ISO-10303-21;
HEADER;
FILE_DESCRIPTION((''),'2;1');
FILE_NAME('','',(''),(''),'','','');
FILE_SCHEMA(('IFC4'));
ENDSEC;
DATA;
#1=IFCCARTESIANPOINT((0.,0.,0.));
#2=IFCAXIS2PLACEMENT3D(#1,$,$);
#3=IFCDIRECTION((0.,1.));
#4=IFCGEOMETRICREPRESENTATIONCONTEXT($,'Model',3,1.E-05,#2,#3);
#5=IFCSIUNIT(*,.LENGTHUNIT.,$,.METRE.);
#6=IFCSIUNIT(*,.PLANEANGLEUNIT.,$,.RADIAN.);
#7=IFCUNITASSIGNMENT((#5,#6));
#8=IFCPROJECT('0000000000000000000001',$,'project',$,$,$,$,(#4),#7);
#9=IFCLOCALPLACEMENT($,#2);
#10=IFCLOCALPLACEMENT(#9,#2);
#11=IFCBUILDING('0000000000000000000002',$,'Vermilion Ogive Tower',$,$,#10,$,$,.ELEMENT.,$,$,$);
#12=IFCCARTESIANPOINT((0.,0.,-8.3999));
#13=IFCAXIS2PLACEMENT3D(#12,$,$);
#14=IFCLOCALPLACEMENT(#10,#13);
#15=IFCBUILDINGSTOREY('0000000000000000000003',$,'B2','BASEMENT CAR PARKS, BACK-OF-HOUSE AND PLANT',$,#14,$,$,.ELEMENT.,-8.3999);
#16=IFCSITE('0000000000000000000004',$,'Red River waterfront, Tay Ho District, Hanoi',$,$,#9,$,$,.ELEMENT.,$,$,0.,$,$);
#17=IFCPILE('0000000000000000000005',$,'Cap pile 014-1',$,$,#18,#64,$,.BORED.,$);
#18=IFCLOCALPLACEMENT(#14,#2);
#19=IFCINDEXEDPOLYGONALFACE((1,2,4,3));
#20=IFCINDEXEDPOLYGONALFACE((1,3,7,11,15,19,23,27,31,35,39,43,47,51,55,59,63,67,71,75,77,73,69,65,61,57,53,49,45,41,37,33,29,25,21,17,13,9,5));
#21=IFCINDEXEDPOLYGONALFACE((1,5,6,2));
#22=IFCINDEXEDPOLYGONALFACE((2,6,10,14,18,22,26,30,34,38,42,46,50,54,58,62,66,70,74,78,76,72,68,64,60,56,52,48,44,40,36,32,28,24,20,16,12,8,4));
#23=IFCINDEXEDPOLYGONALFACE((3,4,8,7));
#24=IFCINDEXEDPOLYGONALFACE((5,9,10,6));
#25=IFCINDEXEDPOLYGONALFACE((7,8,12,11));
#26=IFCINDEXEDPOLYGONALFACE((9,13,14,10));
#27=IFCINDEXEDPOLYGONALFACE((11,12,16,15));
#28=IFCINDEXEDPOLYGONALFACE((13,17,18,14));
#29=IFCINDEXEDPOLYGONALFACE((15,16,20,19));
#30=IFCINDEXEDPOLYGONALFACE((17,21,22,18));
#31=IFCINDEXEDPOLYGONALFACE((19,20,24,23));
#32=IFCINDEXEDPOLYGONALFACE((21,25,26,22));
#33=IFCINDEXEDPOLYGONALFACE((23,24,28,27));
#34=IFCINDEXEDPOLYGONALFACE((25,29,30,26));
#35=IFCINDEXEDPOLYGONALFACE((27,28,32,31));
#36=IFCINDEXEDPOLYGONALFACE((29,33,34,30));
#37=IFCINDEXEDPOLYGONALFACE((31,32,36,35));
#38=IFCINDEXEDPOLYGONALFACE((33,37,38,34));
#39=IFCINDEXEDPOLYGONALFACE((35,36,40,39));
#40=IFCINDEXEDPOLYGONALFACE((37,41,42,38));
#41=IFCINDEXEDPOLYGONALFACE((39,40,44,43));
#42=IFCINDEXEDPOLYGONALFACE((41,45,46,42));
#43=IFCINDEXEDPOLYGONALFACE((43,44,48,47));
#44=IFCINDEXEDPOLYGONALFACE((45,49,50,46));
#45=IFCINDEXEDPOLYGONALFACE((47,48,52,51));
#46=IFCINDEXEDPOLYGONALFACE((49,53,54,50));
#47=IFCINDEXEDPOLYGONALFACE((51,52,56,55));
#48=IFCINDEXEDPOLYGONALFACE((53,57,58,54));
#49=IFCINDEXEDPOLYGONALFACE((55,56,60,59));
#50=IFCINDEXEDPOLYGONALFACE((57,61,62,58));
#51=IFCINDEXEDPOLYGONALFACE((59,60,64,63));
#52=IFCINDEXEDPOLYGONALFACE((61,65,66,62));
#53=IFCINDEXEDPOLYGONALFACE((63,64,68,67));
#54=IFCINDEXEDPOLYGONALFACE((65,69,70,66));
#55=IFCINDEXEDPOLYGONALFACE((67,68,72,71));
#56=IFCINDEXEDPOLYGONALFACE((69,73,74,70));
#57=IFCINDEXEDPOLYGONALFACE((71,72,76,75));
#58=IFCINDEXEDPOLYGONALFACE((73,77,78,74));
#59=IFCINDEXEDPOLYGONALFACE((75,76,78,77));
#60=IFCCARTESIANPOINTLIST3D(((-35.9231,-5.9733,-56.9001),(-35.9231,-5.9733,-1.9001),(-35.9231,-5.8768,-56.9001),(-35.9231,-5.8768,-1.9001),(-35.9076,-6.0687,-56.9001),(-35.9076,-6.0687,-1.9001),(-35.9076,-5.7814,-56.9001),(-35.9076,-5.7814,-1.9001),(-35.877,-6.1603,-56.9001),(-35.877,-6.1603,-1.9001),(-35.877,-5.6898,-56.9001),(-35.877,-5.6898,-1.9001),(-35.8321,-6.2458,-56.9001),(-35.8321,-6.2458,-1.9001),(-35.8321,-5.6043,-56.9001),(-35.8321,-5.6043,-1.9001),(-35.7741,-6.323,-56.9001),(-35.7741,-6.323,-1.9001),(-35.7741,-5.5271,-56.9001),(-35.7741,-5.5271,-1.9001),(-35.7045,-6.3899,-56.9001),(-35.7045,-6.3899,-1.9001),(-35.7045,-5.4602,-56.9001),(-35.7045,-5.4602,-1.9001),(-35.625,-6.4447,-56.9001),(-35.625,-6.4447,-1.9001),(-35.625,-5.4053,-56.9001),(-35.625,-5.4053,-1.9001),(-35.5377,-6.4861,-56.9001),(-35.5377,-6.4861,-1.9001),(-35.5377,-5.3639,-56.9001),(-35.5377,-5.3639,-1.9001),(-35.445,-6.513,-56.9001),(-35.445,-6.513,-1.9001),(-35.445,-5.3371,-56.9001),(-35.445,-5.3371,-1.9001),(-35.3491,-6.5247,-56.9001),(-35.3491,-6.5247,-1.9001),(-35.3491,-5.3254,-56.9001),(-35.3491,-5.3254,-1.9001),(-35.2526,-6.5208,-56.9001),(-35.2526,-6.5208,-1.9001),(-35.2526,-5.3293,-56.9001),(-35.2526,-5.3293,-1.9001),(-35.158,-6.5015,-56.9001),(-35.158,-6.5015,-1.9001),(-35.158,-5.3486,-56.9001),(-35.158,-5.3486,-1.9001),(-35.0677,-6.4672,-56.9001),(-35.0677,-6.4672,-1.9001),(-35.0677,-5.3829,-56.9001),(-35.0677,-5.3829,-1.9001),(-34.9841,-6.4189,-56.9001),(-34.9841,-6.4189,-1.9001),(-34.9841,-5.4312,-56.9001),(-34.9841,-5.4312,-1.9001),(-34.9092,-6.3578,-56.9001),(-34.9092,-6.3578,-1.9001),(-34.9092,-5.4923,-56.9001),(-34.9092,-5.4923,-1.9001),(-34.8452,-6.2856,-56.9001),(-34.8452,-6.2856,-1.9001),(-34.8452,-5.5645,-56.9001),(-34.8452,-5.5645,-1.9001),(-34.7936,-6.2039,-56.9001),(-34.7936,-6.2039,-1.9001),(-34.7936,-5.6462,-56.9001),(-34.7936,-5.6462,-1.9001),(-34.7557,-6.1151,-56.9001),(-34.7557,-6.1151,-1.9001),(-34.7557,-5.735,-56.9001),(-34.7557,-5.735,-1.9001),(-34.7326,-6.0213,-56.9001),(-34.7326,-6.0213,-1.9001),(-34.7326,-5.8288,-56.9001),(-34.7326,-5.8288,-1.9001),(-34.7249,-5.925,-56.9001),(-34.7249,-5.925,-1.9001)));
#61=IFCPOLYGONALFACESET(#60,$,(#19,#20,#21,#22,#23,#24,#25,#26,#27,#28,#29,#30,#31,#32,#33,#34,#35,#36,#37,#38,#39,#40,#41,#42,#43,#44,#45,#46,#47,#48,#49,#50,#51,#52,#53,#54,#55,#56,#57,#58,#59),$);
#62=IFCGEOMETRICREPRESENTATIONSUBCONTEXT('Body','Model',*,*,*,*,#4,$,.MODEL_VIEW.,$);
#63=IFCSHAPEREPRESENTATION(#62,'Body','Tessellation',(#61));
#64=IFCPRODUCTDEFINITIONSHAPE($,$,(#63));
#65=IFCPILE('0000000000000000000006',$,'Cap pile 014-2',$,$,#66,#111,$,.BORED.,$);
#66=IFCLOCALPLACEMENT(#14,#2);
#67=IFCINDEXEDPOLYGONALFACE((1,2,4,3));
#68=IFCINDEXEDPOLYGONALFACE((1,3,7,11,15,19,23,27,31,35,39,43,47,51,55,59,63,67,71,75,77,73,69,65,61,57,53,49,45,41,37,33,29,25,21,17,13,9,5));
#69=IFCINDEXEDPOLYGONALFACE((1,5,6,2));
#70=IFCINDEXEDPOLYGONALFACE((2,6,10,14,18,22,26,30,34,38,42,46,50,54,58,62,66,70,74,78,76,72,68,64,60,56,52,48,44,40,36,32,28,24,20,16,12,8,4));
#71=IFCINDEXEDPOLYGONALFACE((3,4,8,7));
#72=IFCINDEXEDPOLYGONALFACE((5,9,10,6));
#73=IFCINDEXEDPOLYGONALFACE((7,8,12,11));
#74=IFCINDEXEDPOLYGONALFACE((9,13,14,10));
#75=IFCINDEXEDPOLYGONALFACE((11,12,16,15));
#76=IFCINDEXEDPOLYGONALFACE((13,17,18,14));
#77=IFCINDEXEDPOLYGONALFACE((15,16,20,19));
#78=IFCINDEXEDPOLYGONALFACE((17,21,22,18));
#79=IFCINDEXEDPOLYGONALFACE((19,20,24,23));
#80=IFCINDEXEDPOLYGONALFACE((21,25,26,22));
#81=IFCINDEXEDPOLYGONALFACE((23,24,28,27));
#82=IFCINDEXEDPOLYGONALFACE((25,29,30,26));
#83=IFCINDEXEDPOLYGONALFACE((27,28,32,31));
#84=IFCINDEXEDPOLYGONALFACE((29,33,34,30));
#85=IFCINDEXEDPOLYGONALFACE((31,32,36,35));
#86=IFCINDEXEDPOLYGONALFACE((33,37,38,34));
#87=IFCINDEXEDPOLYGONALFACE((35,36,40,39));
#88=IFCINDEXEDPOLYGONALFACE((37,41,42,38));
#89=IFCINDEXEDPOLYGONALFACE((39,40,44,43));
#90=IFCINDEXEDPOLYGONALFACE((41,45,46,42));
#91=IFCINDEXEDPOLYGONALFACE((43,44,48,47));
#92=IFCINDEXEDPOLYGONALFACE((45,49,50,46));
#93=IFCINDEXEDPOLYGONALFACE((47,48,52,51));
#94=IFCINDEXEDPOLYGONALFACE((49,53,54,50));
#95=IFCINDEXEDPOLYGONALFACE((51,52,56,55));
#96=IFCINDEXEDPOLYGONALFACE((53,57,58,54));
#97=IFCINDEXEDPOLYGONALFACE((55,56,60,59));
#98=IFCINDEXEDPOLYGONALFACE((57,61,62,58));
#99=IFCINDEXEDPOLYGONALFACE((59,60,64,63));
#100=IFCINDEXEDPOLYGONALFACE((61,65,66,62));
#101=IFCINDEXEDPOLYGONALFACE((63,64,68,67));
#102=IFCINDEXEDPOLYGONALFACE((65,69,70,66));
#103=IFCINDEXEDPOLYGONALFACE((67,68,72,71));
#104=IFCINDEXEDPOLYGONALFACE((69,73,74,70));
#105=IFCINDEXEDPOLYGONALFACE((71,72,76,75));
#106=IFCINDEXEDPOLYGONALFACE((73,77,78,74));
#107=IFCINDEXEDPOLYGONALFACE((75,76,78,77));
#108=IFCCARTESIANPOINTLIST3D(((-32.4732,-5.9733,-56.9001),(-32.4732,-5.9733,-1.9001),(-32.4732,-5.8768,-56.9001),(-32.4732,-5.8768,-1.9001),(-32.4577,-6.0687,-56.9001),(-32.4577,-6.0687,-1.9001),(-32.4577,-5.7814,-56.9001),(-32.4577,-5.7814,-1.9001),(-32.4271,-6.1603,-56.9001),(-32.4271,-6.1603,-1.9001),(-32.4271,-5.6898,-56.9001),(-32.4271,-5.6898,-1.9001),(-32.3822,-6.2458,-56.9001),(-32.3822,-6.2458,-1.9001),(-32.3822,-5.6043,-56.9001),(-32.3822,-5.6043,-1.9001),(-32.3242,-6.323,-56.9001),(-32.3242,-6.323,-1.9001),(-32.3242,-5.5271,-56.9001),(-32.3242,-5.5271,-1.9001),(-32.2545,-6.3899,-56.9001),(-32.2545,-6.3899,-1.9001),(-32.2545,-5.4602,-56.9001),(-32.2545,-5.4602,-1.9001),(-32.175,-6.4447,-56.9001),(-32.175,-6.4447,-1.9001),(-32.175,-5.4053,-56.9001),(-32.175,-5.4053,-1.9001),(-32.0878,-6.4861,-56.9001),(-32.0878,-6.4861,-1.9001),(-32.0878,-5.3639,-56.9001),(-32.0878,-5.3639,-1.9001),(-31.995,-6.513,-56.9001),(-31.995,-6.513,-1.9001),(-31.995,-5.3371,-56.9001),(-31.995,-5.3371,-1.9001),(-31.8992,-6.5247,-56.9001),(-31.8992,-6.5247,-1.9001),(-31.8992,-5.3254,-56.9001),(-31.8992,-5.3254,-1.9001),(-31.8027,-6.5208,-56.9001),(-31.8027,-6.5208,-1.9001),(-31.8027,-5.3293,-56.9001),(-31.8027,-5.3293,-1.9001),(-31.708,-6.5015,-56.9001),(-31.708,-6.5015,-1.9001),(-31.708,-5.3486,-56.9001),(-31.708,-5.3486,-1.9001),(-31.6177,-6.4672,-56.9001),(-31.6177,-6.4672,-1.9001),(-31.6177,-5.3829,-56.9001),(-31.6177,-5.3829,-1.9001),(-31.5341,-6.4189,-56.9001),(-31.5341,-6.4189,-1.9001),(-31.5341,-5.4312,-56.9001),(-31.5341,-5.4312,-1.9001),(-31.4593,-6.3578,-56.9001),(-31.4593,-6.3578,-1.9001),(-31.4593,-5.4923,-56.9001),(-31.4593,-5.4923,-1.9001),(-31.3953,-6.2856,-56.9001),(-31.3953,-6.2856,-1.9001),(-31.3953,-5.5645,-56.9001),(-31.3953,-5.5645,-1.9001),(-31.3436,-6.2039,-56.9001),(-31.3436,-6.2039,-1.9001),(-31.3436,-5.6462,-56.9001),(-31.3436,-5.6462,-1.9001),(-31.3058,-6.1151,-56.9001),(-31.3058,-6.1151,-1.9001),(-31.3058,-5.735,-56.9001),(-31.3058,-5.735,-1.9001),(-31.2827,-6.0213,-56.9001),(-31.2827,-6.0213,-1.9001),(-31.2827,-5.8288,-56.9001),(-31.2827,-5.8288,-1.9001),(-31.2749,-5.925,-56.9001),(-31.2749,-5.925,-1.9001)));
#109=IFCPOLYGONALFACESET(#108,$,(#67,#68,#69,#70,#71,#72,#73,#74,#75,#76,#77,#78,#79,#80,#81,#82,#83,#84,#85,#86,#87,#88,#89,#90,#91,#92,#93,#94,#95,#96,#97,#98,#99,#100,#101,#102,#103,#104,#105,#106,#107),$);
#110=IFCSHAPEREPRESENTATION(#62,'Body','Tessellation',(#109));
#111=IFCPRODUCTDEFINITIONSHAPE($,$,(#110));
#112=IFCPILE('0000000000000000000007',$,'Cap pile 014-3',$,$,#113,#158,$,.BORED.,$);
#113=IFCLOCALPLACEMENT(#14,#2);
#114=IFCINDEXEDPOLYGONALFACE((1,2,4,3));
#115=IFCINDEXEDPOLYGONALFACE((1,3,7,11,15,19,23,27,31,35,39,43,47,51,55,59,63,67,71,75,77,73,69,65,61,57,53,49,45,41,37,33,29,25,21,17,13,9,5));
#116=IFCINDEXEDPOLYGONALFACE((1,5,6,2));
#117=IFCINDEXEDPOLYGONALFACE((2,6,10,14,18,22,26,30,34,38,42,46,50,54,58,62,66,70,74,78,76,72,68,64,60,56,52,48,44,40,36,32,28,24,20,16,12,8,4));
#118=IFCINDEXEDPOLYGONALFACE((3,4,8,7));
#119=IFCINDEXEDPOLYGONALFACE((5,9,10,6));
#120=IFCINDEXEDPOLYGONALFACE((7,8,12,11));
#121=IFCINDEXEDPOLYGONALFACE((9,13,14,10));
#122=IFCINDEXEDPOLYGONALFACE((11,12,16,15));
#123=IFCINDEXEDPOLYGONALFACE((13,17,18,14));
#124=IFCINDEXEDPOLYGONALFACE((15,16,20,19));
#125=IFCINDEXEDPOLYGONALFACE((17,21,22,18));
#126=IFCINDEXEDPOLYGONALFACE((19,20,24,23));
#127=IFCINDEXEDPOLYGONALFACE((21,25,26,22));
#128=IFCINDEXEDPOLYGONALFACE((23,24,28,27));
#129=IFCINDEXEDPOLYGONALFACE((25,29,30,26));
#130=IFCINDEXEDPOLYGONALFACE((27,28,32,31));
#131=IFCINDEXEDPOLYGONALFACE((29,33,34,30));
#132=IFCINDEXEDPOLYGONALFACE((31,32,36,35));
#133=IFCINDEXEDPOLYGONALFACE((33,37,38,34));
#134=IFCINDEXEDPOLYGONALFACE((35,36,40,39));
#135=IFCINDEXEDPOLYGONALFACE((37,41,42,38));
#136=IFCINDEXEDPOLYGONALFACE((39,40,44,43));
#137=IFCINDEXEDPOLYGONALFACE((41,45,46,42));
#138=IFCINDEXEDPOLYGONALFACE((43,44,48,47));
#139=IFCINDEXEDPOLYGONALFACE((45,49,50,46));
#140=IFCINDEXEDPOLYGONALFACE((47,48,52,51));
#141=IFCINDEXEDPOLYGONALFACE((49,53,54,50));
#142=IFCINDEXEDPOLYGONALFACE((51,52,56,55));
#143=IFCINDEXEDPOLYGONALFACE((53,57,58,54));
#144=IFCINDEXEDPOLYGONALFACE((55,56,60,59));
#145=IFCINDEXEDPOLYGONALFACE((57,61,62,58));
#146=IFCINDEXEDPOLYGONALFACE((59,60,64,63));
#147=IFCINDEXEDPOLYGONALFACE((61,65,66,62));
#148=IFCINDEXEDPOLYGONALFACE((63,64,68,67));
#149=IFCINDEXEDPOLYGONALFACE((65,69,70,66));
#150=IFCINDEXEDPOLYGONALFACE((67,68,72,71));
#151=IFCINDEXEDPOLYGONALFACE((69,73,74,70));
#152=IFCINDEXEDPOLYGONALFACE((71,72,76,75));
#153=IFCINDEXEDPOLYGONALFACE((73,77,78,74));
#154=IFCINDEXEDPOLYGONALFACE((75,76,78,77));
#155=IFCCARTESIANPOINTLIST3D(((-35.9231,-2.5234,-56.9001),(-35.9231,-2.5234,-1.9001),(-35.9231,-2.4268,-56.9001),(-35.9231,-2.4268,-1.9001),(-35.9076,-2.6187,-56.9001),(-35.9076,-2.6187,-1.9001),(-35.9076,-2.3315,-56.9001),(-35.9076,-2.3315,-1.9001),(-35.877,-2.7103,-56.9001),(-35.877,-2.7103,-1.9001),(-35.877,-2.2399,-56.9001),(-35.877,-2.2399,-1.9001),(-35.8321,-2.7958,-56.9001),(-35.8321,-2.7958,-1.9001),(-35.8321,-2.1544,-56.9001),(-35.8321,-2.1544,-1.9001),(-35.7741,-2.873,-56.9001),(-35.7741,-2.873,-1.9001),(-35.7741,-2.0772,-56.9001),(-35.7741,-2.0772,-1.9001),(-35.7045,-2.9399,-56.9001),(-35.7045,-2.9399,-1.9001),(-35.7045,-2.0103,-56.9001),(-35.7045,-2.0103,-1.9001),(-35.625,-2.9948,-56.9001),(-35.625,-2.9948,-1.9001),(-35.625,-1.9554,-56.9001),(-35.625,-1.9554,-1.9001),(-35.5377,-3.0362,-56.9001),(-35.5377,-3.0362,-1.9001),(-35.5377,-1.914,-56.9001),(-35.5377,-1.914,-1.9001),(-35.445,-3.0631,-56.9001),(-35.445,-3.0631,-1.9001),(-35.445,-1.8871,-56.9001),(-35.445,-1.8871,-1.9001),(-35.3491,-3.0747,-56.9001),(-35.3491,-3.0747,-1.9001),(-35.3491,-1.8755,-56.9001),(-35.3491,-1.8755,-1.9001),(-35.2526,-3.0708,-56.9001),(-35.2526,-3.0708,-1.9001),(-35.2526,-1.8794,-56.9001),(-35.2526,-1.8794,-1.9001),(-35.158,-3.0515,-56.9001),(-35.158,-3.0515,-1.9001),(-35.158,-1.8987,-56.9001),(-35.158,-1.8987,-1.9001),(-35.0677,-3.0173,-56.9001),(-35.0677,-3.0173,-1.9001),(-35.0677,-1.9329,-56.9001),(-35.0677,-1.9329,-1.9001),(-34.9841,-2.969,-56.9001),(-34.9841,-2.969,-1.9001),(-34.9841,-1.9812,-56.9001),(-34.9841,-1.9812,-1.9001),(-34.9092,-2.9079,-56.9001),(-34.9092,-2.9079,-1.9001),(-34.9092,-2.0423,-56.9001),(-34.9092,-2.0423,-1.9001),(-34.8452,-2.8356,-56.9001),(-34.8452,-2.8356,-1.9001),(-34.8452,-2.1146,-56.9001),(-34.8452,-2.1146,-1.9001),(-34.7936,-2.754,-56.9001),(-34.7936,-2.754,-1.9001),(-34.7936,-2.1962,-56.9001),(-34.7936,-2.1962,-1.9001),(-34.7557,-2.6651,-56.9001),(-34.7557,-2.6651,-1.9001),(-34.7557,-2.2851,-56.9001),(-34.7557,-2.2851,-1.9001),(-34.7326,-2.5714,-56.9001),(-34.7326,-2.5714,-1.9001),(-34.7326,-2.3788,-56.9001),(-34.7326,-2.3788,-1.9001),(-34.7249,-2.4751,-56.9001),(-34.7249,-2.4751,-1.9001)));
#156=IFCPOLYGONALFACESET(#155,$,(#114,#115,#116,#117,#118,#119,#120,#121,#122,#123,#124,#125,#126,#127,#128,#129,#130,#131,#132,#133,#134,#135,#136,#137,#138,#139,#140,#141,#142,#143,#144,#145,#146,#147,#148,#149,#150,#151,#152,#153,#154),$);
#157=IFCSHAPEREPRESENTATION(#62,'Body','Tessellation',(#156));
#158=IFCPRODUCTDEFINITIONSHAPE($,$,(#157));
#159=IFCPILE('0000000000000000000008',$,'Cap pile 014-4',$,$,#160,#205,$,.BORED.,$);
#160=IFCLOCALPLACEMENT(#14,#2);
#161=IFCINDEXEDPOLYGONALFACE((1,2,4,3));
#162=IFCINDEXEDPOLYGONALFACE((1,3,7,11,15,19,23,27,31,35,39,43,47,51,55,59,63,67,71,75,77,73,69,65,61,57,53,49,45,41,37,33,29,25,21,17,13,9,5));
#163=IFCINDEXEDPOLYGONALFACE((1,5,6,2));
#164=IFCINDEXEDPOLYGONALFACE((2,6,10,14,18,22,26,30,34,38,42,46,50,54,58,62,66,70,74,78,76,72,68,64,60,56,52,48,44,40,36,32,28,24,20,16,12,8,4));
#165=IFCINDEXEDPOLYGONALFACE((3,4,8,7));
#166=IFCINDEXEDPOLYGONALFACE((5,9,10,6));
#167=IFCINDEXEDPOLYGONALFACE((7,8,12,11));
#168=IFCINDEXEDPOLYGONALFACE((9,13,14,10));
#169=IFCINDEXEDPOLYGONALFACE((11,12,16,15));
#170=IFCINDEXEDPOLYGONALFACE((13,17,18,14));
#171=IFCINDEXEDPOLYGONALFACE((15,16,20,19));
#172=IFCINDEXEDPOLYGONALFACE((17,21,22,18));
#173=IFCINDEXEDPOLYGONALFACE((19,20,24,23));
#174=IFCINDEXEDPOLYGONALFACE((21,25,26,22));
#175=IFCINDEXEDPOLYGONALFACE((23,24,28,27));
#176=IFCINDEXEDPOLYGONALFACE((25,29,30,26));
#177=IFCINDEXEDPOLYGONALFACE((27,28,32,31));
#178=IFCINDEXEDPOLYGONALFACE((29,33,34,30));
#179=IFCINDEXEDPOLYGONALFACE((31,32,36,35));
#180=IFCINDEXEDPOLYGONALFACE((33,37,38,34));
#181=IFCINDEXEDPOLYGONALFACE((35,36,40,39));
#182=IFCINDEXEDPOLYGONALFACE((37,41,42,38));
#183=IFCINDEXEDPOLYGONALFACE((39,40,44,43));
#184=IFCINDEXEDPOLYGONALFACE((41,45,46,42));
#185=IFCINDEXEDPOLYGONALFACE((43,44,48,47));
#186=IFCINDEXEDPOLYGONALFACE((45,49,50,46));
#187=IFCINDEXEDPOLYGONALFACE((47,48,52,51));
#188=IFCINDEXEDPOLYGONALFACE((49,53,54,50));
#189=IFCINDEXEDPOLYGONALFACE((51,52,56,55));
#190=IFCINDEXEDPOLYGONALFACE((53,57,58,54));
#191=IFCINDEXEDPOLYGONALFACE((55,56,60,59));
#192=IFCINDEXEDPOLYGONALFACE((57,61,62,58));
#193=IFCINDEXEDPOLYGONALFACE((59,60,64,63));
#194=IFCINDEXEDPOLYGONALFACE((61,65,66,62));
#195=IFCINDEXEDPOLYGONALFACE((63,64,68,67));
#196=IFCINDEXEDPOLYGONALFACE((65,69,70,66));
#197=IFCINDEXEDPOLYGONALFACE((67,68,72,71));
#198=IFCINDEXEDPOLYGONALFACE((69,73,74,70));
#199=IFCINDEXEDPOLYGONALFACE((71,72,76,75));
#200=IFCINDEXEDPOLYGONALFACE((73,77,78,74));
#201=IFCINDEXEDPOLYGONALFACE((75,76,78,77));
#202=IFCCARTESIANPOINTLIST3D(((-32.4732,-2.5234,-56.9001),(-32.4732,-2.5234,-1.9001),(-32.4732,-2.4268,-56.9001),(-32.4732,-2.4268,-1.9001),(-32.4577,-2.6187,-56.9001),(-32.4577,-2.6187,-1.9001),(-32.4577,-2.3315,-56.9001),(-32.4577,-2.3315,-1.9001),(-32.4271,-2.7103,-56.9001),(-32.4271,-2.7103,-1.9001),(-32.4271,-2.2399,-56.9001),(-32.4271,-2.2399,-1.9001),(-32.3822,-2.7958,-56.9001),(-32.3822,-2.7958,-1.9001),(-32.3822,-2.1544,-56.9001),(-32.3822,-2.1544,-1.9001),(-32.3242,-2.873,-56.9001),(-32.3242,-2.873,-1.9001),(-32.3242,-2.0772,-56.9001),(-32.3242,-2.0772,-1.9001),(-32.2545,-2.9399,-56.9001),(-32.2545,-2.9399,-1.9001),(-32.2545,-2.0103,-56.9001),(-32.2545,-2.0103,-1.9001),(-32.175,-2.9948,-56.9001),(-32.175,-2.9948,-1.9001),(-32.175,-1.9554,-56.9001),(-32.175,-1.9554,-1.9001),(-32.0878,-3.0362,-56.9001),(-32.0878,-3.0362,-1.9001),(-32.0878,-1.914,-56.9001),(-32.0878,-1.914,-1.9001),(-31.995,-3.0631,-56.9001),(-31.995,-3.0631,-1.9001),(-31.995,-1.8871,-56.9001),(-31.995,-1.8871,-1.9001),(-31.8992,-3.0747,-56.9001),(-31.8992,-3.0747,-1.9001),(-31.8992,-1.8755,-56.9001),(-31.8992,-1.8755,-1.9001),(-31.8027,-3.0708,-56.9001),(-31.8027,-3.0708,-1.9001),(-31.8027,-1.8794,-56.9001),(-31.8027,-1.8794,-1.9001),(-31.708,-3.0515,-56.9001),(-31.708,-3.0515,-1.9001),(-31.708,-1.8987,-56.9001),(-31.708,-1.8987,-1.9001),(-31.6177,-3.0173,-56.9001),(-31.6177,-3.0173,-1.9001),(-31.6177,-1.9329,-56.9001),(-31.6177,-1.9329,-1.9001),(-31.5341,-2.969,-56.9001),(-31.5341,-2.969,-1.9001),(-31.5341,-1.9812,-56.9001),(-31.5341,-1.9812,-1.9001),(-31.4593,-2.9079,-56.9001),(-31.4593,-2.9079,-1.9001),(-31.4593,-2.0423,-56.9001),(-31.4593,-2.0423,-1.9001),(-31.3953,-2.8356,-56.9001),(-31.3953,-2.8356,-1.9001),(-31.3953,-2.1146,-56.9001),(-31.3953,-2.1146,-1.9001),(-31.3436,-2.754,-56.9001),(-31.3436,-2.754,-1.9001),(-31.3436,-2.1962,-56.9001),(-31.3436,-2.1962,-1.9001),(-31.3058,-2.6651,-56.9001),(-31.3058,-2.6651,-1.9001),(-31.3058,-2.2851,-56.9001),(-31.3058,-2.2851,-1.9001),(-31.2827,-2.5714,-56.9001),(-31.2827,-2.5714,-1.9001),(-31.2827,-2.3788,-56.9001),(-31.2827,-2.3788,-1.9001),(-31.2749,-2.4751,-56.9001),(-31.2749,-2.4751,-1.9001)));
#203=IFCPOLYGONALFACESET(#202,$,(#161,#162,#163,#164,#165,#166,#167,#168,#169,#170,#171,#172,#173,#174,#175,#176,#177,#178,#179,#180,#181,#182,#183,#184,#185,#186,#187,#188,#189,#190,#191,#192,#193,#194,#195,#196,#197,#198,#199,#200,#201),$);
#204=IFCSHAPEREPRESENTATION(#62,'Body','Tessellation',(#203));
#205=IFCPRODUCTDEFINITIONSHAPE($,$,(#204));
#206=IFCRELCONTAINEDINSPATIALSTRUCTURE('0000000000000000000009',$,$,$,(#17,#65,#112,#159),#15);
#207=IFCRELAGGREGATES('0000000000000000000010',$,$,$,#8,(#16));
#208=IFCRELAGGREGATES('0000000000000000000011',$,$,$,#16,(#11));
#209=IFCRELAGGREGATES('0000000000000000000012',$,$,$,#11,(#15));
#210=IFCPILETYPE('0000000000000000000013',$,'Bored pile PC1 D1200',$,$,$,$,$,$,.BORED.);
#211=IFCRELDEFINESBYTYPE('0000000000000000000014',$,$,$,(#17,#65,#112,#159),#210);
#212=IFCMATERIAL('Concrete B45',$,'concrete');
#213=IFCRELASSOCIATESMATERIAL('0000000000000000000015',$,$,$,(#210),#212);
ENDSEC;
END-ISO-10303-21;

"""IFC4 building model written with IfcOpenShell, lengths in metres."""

from ifc_helpers import new_model, si_unit, direction, frame, origin, origin_2d, place, context, subcontext, project, spatial, circle, extrude, material, type_object, element, save


model = new_model("IFC4")

# Units and contexts
model_context = context("Model", 3, precision=1e-05, world=origin(), true_north=direction((0.0, 1.0)))
body_context = subcontext(model_context, "Body", "Model", "MODEL_VIEW")
ifc_project = project(units=[si_unit("LENGTHUNIT", "METRE"), si_unit("PLANEANGLEUNIT", "RADIAN")], contexts=[model_context])

# Site, building, storey
site_placement = place(None, origin())
site = spatial("IfcSite", under=ifc_project, at=site_placement, Name="Red River waterfront, Tay Ho District, Hanoi", CompositionType="ELEMENT", RefElevation=0.0)
building_placement = place(site_placement, origin())
building = spatial("IfcBuilding", under=site, at=building_placement, Name="Vermilion Ogive Tower", CompositionType="ELEMENT")
storey_placement = place(building_placement, frame((0.0, 0.0, -8.3999)))
storey = spatial("IfcBuildingStorey", under=building, at=storey_placement, Name="B2", Description="BASEMENT CAR PARKS, BACK-OF-HOUSE AND PLANT", CompositionType="ELEMENT", Elevation=-8.3999)

# Piles
ifc_material_1 = material(Name="Concrete B45", Category="concrete")
pile_type_1 = type_object("IfcPileType", Name="Bored pile PC1 D1200", PredefinedType="BORED", material=ifc_material_1)
for number, where, z_axis, x_axis, name in (
    (1, (-35.325, -5.925, -1.9001), (0.0, 0.0, -1.0), (1.0, 0.0, 0.0), "Cap pile 014-1"),
    (2, (-31.875, -5.925, -1.9001), (0.0, 0.0, -1.0), (1.0, 0.0, 0.0), "Cap pile 014-2"),
    (3, (-35.325, -2.4751, -1.9001), (0.0, 0.0, -1.0), (1.0, 0.0, 0.0), "Cap pile 014-3"),
    (4, (-31.875, -2.4751, -1.9001), (0.0, 0.0, -1.0), (1.0, 0.0, 0.0), "Cap pile 014-4"),
):
    element("IfcPile", number, at=place(storey_placement, frame(where, z_axis=z_axis, x_axis=x_axis)), inside=storey, type_object=pile_type_1, Name=name, PredefinedType="BORED", context=body_context, shape_type="SweptSolid", body=[
        extrude(circle(Radius=0.6001, at=origin_2d()), origin(), (0.0, 0.0, 1.0), 55.0),
    ])

save(model, "model.ifc")
